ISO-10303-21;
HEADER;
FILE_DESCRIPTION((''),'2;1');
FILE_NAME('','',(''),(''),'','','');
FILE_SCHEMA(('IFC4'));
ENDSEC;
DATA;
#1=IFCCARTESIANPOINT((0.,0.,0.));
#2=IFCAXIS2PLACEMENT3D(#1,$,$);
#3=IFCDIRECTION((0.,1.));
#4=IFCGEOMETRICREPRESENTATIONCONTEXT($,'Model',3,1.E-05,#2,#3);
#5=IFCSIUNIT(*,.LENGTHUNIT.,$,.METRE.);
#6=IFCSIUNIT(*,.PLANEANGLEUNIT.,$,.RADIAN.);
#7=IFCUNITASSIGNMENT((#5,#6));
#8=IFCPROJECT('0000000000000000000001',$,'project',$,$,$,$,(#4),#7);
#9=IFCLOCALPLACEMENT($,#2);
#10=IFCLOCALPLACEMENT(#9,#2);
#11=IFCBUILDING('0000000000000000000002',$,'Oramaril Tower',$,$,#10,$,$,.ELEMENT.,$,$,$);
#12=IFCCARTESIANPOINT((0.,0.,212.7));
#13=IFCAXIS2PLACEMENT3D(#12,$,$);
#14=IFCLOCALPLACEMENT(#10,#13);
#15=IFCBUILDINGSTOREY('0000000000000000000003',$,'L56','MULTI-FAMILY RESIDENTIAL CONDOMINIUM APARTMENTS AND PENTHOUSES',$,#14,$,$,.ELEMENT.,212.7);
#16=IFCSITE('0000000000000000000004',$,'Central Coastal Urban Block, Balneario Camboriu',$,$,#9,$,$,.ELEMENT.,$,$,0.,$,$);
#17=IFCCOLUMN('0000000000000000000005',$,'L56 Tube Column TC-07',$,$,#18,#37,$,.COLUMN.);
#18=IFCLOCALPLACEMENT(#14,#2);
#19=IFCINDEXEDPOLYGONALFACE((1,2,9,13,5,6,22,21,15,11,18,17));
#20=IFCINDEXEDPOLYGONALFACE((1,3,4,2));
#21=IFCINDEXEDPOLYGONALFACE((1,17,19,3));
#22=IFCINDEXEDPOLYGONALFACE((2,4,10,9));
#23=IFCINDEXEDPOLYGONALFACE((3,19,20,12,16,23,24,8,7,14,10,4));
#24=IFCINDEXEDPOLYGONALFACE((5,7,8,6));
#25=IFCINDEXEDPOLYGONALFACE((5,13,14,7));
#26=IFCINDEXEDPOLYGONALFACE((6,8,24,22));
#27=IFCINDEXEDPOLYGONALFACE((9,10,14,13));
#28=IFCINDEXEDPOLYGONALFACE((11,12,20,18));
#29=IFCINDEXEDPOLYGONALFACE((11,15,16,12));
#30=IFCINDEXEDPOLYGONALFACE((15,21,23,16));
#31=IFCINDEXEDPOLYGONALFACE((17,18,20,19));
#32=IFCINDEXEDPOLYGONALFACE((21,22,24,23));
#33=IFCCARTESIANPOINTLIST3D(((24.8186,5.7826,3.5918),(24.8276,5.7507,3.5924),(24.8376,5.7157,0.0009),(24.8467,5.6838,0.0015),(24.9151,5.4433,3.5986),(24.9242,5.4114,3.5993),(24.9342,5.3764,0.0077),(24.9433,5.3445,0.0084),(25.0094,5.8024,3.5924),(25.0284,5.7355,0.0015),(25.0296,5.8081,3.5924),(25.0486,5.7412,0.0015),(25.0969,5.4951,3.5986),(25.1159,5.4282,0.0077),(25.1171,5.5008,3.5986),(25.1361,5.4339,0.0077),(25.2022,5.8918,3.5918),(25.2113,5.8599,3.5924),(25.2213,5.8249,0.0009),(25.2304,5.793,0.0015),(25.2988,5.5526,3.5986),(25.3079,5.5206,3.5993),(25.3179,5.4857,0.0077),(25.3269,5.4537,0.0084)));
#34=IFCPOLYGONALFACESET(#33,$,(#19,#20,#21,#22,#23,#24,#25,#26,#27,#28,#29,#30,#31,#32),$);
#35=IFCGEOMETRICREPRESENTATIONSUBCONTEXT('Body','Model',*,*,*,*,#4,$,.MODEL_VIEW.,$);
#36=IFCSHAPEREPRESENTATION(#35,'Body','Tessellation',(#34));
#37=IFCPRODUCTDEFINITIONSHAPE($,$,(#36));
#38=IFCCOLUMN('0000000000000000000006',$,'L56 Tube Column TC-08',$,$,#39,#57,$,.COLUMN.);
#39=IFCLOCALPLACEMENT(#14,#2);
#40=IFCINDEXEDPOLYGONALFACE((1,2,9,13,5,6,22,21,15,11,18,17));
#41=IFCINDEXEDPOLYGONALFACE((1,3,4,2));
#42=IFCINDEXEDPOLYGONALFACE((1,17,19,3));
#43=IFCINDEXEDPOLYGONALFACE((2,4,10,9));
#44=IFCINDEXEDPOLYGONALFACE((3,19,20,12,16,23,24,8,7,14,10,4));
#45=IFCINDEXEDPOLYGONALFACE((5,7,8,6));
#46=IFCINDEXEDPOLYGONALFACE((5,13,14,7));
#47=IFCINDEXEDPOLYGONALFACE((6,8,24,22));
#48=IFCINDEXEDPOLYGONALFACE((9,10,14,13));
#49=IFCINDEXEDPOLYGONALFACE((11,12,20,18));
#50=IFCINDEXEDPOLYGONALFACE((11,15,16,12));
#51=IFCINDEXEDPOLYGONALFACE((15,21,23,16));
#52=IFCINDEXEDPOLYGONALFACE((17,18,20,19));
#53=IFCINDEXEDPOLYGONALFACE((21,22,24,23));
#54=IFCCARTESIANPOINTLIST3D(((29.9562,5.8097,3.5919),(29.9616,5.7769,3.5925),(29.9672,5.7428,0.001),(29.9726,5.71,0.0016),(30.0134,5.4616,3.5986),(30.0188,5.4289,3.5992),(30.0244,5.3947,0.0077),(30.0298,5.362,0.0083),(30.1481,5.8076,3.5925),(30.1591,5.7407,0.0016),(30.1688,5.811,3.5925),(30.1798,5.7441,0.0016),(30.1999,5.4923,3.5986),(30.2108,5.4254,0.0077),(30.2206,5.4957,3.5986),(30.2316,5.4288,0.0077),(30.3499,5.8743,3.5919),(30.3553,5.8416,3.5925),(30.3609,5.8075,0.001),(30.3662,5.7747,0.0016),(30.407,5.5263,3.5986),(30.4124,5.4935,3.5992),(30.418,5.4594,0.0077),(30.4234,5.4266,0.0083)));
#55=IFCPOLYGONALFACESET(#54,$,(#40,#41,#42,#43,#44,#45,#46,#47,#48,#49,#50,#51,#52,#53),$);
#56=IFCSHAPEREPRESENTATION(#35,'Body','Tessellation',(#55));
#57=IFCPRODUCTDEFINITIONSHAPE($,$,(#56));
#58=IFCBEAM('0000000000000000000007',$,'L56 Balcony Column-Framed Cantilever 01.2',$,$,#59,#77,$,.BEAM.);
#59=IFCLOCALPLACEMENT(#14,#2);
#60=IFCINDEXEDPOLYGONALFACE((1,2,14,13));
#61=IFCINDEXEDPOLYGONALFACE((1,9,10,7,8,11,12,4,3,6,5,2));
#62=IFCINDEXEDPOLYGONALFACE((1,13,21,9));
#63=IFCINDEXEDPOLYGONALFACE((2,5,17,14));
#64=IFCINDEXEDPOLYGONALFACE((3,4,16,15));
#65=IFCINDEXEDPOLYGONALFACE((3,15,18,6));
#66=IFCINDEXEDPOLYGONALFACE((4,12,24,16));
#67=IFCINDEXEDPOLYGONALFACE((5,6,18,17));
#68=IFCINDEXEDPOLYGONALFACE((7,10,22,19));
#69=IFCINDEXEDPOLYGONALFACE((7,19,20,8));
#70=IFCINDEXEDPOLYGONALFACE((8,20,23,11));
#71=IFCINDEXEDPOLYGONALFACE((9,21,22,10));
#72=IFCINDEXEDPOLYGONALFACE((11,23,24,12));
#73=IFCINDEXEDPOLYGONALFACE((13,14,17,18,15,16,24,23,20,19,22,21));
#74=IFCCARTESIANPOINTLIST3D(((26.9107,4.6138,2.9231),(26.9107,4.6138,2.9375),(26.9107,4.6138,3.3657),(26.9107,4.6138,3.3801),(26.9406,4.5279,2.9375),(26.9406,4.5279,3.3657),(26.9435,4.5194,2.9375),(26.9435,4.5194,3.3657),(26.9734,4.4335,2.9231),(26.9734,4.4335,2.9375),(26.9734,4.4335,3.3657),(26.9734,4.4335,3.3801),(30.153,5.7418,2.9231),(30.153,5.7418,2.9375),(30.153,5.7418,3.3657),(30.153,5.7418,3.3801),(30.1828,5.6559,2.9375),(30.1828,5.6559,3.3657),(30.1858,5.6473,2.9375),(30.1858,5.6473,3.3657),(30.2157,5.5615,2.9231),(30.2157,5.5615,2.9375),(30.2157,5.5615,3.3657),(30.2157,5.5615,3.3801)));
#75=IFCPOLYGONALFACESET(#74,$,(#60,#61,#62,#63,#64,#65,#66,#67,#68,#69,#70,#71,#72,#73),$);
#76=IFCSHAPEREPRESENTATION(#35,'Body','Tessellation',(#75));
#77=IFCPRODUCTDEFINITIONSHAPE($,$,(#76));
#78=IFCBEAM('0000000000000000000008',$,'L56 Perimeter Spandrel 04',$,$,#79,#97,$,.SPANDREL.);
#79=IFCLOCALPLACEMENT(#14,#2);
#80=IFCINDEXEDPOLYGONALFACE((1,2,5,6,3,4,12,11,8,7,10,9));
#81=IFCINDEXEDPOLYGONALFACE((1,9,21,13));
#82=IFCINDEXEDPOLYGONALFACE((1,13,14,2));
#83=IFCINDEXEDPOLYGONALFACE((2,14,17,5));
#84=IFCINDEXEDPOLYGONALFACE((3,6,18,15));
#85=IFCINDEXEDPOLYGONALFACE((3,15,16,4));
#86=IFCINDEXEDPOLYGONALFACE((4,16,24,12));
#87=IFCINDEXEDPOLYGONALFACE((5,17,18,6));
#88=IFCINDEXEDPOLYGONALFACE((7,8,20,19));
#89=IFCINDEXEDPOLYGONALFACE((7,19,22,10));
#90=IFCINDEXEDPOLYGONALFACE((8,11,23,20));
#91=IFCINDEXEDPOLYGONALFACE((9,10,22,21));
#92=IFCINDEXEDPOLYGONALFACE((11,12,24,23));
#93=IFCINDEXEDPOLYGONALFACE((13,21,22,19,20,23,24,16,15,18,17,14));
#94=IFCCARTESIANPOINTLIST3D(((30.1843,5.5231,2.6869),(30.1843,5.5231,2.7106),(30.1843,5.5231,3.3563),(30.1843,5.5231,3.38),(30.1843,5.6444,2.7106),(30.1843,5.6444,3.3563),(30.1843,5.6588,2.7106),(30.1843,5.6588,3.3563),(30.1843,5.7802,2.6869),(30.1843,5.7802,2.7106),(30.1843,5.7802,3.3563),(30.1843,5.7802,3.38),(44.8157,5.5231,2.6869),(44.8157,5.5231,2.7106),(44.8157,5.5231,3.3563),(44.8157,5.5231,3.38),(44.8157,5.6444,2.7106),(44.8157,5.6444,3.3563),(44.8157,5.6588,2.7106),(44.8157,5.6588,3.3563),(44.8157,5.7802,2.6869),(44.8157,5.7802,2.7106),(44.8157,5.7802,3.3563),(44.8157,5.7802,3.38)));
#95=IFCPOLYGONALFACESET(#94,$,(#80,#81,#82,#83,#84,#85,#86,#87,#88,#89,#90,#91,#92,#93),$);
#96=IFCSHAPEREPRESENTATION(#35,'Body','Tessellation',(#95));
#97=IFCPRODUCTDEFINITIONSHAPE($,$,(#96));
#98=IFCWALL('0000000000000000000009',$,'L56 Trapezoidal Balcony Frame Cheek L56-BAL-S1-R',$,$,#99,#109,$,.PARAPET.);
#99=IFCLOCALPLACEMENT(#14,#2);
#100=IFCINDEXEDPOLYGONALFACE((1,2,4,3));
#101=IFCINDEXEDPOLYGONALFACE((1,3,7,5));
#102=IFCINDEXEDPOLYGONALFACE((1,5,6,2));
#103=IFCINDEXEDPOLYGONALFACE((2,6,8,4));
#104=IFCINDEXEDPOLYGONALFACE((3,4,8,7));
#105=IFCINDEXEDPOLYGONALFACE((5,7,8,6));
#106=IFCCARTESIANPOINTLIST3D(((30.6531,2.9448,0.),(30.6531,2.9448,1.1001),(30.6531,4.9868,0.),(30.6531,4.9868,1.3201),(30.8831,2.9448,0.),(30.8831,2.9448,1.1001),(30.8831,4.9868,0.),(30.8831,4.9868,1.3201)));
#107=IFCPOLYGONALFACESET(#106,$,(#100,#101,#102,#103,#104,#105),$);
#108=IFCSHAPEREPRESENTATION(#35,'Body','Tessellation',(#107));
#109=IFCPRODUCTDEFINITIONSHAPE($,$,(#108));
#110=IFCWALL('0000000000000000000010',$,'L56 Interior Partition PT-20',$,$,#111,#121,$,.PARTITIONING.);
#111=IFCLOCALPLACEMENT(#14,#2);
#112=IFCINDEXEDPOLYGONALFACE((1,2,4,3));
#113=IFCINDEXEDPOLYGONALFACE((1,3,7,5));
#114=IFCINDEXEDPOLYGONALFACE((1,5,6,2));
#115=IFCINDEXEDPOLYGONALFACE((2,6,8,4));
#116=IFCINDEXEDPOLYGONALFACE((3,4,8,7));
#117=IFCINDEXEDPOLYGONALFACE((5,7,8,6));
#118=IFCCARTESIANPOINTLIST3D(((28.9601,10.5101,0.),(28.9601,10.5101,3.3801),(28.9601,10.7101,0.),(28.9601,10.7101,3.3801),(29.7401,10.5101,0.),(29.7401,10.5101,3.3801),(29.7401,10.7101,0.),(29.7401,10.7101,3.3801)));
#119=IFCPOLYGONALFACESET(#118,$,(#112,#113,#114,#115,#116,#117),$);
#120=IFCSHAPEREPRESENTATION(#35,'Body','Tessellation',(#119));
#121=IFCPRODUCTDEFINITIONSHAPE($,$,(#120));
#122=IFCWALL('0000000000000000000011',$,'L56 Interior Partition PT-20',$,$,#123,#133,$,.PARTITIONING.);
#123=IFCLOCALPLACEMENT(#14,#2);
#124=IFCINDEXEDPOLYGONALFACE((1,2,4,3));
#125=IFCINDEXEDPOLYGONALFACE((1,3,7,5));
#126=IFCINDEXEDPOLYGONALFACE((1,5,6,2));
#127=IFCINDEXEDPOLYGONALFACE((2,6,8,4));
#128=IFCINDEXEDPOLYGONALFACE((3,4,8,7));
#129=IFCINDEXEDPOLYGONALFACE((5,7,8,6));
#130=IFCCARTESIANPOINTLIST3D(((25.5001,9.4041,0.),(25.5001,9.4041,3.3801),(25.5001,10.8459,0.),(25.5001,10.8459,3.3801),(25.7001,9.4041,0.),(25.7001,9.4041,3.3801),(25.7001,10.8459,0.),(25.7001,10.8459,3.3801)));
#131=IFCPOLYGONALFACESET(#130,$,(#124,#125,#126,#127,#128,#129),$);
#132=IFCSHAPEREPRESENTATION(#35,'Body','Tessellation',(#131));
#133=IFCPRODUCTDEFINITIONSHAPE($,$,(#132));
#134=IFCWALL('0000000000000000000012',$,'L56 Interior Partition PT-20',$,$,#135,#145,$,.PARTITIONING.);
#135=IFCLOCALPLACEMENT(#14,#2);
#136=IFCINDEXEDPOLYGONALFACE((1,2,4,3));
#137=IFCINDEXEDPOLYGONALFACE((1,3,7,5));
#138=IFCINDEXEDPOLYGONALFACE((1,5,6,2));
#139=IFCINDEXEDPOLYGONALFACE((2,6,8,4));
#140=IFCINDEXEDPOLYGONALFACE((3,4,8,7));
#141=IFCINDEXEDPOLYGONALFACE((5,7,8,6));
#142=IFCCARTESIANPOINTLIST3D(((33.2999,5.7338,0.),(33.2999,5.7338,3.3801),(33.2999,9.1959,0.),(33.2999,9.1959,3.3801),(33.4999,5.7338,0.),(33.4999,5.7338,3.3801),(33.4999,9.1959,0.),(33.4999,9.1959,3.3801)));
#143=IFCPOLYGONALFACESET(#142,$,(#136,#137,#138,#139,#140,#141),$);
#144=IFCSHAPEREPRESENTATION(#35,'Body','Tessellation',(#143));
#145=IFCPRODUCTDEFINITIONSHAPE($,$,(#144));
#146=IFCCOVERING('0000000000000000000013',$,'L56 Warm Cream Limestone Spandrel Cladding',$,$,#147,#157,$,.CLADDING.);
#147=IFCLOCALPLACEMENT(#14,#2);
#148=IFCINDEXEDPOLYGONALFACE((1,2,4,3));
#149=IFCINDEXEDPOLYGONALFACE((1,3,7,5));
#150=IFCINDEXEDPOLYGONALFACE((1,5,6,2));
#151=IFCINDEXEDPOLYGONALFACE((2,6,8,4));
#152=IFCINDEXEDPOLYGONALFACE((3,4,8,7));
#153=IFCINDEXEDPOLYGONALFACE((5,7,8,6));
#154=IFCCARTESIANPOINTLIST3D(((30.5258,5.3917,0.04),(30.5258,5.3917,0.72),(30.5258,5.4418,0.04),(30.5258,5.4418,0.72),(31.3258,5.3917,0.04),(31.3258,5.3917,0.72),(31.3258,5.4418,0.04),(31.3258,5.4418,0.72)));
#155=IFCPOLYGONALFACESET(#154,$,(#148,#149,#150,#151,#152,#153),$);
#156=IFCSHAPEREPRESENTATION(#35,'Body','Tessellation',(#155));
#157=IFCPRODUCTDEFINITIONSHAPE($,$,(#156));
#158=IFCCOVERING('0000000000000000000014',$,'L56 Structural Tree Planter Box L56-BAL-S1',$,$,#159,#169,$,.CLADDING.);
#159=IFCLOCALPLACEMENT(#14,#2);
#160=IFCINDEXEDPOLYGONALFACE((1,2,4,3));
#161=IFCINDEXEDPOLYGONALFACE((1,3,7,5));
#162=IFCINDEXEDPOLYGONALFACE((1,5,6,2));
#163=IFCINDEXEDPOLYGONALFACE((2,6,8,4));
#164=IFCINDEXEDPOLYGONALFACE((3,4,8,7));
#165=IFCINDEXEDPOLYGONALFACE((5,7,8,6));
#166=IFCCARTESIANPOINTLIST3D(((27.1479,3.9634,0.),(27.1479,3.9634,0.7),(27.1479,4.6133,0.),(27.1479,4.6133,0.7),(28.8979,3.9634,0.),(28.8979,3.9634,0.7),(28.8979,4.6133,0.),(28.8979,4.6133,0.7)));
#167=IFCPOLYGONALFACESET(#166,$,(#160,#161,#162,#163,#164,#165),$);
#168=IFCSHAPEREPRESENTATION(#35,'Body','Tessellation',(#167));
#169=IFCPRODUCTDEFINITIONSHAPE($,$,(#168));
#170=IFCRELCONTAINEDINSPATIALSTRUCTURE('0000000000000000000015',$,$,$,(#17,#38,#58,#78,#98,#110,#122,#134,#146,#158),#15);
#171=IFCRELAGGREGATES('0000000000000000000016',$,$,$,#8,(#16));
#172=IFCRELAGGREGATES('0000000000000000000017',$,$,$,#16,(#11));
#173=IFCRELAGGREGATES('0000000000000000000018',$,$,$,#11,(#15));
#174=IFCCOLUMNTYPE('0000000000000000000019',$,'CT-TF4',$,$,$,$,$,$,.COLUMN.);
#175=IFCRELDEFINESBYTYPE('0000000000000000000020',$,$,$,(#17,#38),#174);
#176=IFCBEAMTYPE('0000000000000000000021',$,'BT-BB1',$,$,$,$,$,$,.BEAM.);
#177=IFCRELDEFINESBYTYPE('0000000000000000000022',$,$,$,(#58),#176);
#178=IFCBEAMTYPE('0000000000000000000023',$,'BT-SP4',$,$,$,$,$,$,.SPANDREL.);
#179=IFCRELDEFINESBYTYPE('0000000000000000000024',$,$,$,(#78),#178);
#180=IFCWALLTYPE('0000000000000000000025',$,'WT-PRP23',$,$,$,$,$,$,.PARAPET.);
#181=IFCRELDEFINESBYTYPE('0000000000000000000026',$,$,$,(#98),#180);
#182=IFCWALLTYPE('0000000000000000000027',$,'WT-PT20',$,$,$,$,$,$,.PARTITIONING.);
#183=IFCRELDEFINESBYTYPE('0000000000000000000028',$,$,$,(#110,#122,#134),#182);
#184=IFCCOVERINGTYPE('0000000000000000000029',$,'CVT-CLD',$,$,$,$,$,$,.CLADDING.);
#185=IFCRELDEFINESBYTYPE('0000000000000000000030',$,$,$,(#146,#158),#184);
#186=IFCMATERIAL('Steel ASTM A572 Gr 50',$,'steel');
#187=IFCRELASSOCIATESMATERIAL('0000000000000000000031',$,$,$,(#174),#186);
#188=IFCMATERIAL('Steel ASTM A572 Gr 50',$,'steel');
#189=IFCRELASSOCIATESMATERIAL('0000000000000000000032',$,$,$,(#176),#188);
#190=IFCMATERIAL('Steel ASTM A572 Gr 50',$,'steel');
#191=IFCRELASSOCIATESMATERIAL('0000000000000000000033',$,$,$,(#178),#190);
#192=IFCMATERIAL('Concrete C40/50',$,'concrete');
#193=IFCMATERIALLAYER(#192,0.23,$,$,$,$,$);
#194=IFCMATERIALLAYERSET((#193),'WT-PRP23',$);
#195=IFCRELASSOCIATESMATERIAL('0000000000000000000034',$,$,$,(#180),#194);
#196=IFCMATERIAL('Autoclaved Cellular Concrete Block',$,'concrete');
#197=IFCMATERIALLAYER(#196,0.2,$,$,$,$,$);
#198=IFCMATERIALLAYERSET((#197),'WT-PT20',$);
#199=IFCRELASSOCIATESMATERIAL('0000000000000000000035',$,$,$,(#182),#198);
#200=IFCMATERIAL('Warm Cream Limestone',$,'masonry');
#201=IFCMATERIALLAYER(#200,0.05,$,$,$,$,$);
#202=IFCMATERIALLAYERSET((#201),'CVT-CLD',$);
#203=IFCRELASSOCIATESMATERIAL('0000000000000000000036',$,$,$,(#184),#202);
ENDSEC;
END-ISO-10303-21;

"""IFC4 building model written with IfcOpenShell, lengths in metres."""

from ifc_helpers import new_model, si_unit, direction, frame, frame_2d, origin, origin_2d, place, context, subcontext, project, spatial, polyline, rectangle, i_section, outline, extrude, material, layer, layer_set, material_profile, profile_set, type_object, element, save


model = new_model("IFC4")

# Units and contexts
model_context = context("Model", 3, precision=1e-05, world=origin(), true_north=direction((0.0, 1.0)))
body_context = subcontext(model_context, "Body", "Model", "MODEL_VIEW")
ifc_project = project(units=[si_unit("LENGTHUNIT", "METRE"), si_unit("PLANEANGLEUNIT", "RADIAN")], contexts=[model_context])

# Site, building, storey
site_placement = place(None, origin())
site = spatial("IfcSite", under=ifc_project, at=site_placement, Name="Central Coastal Urban Block, Balneario Camboriu", CompositionType="ELEMENT", RefElevation=0.0)
building_placement = place(site_placement, origin())
building = spatial("IfcBuilding", under=site, at=building_placement, Name="Oramaril Tower", CompositionType="ELEMENT")
storey_placement = place(building_placement, frame((0.0, 0.0, 212.7)))
storey = spatial("IfcBuildingStorey", under=building, at=storey_placement, Name="L56", Description="MULTI-FAMILY RESIDENTIAL CONDOMINIUM APARTMENTS AND PENTHOUSES", CompositionType="ELEMENT", Elevation=212.7)

# Columns
ifc_material_1 = material(Name="Steel ASTM A572 Gr 50", Category="steel")
ifc_material_profile_1 = material_profile(ifc_material_1, i_section(OverallWidth=0.3989, OverallDepth=0.386, WebThickness=0.021, FlangeThickness=0.0332, at=origin_2d()), Name="W14X176")
ifc_profile_set_1 = profile_set([ifc_material_profile_1], Name="Steel ASTM A572 Gr 50")
column_type = type_object("IfcColumnType", Name="CT-TF4", PredefinedType="COLUMN", material=ifc_profile_set_1)
for number, where, z_axis, x_axis, name in (
    (1, (25.0823, 5.5847, 0.0046), (-0.005302, 0.018626, 0.999812), (-0.961788, -0.273794, 0.0), "L56 Tube Column TC-07"),
    (2, (30.1953, 5.5847, 0.0046), (-0.003059, 0.018626, 0.999822), (-0.98678, -0.162062, 0.0), "L56 Tube Column TC-08"),
):
    element("IfcColumn", number, at=place(storey_placement, frame(where, z_axis=z_axis, x_axis=x_axis)), inside=storey, type_object=column_type, Name=name, PredefinedType="COLUMN", context=body_context, shape_type="SweptSolid", body=[
        extrude(i_section(OverallWidth=0.3989, OverallDepth=0.386, WebThickness=0.021, FlangeThickness=0.0332, at=origin_2d()), origin(), (0.0, 0.0, 1.0), 3.5916),
    ])

# Beams
ifc_material_2 = material(Name="Steel ASTM A572 Gr 50", Category="steel")
ifc_material_profile_2 = material_profile(ifc_material_2, i_section(OverallWidth=0.1909, OverallDepth=0.457, WebThickness=0.009, FlangeThickness=0.0144, at=origin_2d()), Name="W18X50")
ifc_profile_set_2 = profile_set([ifc_material_profile_2], Name="Steel ASTM A572 Gr 50")
beam_type_1 = type_object("IfcBeamType", Name="BT-BB1", PredefinedType="BEAM", material=ifc_profile_set_2)
beam_1_placement = place(storey_placement, frame((30.1843, 5.6516, 3.1516), z_axis=(-0.944478, -0.328576, 0.0), x_axis=(0.328576, -0.944478, 0.0)))
element("IfcBeam", 3, at=beam_1_placement, inside=storey, type_object=beam_type_1, Name="L56 Balcony Column-Framed Cantilever 01.2", PredefinedType="BEAM", context=body_context, shape_type="SweptSolid", body=[
    extrude(i_section(OverallWidth=0.1909, OverallDepth=0.457, WebThickness=0.009, FlangeThickness=0.0144, at=origin_2d()), origin(), (0.0, 0.0, 1.0), 3.4329),
])
ifc_material_3 = material(Name="Steel ASTM A572 Gr 50", Category="steel")
ifc_material_profile_3 = material_profile(ifc_material_3, i_section(OverallWidth=0.2571, OverallDepth=0.6931, WebThickness=0.0144, FlangeThickness=0.0237, at=origin_2d()), Name="W27X114")
ifc_profile_set_3 = profile_set([ifc_material_profile_3], Name="Steel ASTM A572 Gr 50")
beam_type_2 = type_object("IfcBeamType", Name="BT-SP4", PredefinedType="SPANDREL", material=ifc_profile_set_3)
beam_2_placement = place(storey_placement, frame((30.1843, 5.6516, 3.0334), z_axis=(1.0, 0.0, 0.0), x_axis=(0.0, 1.0, 0.0)))
element("IfcBeam", 4, at=beam_2_placement, inside=storey, type_object=beam_type_2, Name="L56 Perimeter Spandrel 04", PredefinedType="SPANDREL", context=body_context, shape_type="SweptSolid", body=[
    extrude(i_section(OverallWidth=0.2571, OverallDepth=0.6931, WebThickness=0.0144, FlangeThickness=0.0237, at=origin_2d()), origin(), (0.0, 0.0, 1.0), 14.6313),
])

# Wall
ifc_material_4 = material(Name="Concrete C40/50", Category="concrete")
ifc_layer_1 = layer(ifc_material_4, 0.23)
ifc_layer_set_1 = layer_set([ifc_layer_1], Name="WT-PRP23")
wall_type_1 = type_object("IfcWallType", Name="WT-PRP23", PredefinedType="PARAPET", material=ifc_layer_set_1)
wall_1_placement = place(storey_placement, frame((30.7681, 4.9868, 0.0), z_axis=(0.0, 0.0, 1.0), x_axis=(0.0, -1.0, 0.0)))
element("IfcWall", 5, at=wall_1_placement, inside=storey, type_object=wall_type_1, Name="L56 Trapezoidal Balcony Frame Cheek L56-BAL-S1-R", PredefinedType="PARAPET", context=body_context, shape_type="SweptSolid", body=[
    extrude(outline(polyline([(0.0, 0.0), (2.042, 0.0), (2.042, 1.1001), (0.0, 1.3201), (0.0, 0.0)])), frame((0.0, 0.115, 0.0), z_axis=(0.0, -1.0, 0.0), x_axis=(1.0, 0.0, 0.0)), (0.0, 0.0, 1.0), 0.23),
])

# Shared definitions
ifc_material_5 = material(Name="Autoclaved Cellular Concrete Block", Category="concrete")
ifc_layer_2 = layer(ifc_material_5, 0.2)
ifc_layer_set_2 = layer_set([ifc_layer_2], Name="WT-PT20")
wall_type_2 = type_object("IfcWallType", Name="WT-PT20", PredefinedType="PARTITIONING", material=ifc_layer_set_2)

# Walls
wall_2_placement = place(storey_placement, frame((28.96, 10.6101, 0.0), z_axis=(0.0, 0.0, 1.0), x_axis=(1.0, 0.0, 0.0)))
element("IfcWall", 6, at=wall_2_placement, inside=storey, type_object=wall_type_2, Name="L56 Interior Partition PT-20", PredefinedType="PARTITIONING", context=body_context, shape_type="SweptSolid", body=[
    extrude(rectangle(XDim=0.78, YDim=0.2, at=frame_2d((0.3901, 0.0))), origin(), (0.0, 0.0, 1.0), 3.3801),
])
wall_3_placement = place(storey_placement, frame((25.6001, 9.4041, 0.0), z_axis=(0.0, 0.0, 1.0), x_axis=(0.0, 1.0, 0.0)))
element("IfcWall", 7, at=wall_3_placement, inside=storey, type_object=wall_type_2, Name="L56 Interior Partition PT-20", PredefinedType="PARTITIONING", context=body_context, shape_type="SweptSolid", body=[
    extrude(rectangle(XDim=1.4419, YDim=0.2, at=frame_2d((0.7209, 0.0))), origin(), (0.0, 0.0, 1.0), 3.3801),
])
wall_4_placement = place(storey_placement, frame((33.3999, 5.7339, 0.0), z_axis=(0.0, 0.0, 1.0), x_axis=(0.0, 1.0, 0.0)))
element("IfcWall", 8, at=wall_4_placement, inside=storey, type_object=wall_type_2, Name="L56 Interior Partition PT-20", PredefinedType="PARTITIONING", context=body_context, shape_type="SweptSolid", body=[
    extrude(rectangle(XDim=3.4622, YDim=0.2, at=frame_2d((1.731, 0.0))), origin(), (0.0, 0.0, 1.0), 3.3801),
])

# Coverings
ifc_material_6 = material(Name="Warm Cream Limestone", Category="masonry")
ifc_layer_3 = layer(ifc_material_6, 0.05)
ifc_layer_set_3 = layer_set([ifc_layer_3], Name="CVT-CLD")
covering_type = type_object("IfcCoveringType", Name="CVT-CLD", PredefinedType="CLADDING", material=ifc_layer_set_3)
covering_1_placement = place(storey_placement, frame((30.9258, 5.4167, 0.04), z_axis=(0.0, 0.0, 1.0), x_axis=(1.0, 0.0, 0.0)))
element("IfcCovering", 9, at=covering_1_placement, inside=storey, type_object=covering_type, Name="L56 Warm Cream Limestone Spandrel Cladding", PredefinedType="CLADDING", context=body_context, shape_type="SweptSolid", body=[
    extrude(rectangle(XDim=0.8, YDim=0.05, at=origin_2d()), origin(), (0.0, 0.0, 1.0), 0.6799),
])
covering_2_placement = place(storey_placement, frame((28.0229, 4.2883, 0.0), z_axis=(0.0, 0.0, 1.0), x_axis=(1.0, 0.0, 0.0)))
element("IfcCovering", 10, at=covering_2_placement, inside=storey, type_object=covering_type, Name="L56 Structural Tree Planter Box L56-BAL-S1", PredefinedType="CLADDING", context=body_context, shape_type="SweptSolid", body=[
    extrude(rectangle(XDim=1.75, YDim=0.6499, at=origin_2d()), origin(), (0.0, 0.0, 1.0), 0.7),
])

save(model, "model.ifc")
